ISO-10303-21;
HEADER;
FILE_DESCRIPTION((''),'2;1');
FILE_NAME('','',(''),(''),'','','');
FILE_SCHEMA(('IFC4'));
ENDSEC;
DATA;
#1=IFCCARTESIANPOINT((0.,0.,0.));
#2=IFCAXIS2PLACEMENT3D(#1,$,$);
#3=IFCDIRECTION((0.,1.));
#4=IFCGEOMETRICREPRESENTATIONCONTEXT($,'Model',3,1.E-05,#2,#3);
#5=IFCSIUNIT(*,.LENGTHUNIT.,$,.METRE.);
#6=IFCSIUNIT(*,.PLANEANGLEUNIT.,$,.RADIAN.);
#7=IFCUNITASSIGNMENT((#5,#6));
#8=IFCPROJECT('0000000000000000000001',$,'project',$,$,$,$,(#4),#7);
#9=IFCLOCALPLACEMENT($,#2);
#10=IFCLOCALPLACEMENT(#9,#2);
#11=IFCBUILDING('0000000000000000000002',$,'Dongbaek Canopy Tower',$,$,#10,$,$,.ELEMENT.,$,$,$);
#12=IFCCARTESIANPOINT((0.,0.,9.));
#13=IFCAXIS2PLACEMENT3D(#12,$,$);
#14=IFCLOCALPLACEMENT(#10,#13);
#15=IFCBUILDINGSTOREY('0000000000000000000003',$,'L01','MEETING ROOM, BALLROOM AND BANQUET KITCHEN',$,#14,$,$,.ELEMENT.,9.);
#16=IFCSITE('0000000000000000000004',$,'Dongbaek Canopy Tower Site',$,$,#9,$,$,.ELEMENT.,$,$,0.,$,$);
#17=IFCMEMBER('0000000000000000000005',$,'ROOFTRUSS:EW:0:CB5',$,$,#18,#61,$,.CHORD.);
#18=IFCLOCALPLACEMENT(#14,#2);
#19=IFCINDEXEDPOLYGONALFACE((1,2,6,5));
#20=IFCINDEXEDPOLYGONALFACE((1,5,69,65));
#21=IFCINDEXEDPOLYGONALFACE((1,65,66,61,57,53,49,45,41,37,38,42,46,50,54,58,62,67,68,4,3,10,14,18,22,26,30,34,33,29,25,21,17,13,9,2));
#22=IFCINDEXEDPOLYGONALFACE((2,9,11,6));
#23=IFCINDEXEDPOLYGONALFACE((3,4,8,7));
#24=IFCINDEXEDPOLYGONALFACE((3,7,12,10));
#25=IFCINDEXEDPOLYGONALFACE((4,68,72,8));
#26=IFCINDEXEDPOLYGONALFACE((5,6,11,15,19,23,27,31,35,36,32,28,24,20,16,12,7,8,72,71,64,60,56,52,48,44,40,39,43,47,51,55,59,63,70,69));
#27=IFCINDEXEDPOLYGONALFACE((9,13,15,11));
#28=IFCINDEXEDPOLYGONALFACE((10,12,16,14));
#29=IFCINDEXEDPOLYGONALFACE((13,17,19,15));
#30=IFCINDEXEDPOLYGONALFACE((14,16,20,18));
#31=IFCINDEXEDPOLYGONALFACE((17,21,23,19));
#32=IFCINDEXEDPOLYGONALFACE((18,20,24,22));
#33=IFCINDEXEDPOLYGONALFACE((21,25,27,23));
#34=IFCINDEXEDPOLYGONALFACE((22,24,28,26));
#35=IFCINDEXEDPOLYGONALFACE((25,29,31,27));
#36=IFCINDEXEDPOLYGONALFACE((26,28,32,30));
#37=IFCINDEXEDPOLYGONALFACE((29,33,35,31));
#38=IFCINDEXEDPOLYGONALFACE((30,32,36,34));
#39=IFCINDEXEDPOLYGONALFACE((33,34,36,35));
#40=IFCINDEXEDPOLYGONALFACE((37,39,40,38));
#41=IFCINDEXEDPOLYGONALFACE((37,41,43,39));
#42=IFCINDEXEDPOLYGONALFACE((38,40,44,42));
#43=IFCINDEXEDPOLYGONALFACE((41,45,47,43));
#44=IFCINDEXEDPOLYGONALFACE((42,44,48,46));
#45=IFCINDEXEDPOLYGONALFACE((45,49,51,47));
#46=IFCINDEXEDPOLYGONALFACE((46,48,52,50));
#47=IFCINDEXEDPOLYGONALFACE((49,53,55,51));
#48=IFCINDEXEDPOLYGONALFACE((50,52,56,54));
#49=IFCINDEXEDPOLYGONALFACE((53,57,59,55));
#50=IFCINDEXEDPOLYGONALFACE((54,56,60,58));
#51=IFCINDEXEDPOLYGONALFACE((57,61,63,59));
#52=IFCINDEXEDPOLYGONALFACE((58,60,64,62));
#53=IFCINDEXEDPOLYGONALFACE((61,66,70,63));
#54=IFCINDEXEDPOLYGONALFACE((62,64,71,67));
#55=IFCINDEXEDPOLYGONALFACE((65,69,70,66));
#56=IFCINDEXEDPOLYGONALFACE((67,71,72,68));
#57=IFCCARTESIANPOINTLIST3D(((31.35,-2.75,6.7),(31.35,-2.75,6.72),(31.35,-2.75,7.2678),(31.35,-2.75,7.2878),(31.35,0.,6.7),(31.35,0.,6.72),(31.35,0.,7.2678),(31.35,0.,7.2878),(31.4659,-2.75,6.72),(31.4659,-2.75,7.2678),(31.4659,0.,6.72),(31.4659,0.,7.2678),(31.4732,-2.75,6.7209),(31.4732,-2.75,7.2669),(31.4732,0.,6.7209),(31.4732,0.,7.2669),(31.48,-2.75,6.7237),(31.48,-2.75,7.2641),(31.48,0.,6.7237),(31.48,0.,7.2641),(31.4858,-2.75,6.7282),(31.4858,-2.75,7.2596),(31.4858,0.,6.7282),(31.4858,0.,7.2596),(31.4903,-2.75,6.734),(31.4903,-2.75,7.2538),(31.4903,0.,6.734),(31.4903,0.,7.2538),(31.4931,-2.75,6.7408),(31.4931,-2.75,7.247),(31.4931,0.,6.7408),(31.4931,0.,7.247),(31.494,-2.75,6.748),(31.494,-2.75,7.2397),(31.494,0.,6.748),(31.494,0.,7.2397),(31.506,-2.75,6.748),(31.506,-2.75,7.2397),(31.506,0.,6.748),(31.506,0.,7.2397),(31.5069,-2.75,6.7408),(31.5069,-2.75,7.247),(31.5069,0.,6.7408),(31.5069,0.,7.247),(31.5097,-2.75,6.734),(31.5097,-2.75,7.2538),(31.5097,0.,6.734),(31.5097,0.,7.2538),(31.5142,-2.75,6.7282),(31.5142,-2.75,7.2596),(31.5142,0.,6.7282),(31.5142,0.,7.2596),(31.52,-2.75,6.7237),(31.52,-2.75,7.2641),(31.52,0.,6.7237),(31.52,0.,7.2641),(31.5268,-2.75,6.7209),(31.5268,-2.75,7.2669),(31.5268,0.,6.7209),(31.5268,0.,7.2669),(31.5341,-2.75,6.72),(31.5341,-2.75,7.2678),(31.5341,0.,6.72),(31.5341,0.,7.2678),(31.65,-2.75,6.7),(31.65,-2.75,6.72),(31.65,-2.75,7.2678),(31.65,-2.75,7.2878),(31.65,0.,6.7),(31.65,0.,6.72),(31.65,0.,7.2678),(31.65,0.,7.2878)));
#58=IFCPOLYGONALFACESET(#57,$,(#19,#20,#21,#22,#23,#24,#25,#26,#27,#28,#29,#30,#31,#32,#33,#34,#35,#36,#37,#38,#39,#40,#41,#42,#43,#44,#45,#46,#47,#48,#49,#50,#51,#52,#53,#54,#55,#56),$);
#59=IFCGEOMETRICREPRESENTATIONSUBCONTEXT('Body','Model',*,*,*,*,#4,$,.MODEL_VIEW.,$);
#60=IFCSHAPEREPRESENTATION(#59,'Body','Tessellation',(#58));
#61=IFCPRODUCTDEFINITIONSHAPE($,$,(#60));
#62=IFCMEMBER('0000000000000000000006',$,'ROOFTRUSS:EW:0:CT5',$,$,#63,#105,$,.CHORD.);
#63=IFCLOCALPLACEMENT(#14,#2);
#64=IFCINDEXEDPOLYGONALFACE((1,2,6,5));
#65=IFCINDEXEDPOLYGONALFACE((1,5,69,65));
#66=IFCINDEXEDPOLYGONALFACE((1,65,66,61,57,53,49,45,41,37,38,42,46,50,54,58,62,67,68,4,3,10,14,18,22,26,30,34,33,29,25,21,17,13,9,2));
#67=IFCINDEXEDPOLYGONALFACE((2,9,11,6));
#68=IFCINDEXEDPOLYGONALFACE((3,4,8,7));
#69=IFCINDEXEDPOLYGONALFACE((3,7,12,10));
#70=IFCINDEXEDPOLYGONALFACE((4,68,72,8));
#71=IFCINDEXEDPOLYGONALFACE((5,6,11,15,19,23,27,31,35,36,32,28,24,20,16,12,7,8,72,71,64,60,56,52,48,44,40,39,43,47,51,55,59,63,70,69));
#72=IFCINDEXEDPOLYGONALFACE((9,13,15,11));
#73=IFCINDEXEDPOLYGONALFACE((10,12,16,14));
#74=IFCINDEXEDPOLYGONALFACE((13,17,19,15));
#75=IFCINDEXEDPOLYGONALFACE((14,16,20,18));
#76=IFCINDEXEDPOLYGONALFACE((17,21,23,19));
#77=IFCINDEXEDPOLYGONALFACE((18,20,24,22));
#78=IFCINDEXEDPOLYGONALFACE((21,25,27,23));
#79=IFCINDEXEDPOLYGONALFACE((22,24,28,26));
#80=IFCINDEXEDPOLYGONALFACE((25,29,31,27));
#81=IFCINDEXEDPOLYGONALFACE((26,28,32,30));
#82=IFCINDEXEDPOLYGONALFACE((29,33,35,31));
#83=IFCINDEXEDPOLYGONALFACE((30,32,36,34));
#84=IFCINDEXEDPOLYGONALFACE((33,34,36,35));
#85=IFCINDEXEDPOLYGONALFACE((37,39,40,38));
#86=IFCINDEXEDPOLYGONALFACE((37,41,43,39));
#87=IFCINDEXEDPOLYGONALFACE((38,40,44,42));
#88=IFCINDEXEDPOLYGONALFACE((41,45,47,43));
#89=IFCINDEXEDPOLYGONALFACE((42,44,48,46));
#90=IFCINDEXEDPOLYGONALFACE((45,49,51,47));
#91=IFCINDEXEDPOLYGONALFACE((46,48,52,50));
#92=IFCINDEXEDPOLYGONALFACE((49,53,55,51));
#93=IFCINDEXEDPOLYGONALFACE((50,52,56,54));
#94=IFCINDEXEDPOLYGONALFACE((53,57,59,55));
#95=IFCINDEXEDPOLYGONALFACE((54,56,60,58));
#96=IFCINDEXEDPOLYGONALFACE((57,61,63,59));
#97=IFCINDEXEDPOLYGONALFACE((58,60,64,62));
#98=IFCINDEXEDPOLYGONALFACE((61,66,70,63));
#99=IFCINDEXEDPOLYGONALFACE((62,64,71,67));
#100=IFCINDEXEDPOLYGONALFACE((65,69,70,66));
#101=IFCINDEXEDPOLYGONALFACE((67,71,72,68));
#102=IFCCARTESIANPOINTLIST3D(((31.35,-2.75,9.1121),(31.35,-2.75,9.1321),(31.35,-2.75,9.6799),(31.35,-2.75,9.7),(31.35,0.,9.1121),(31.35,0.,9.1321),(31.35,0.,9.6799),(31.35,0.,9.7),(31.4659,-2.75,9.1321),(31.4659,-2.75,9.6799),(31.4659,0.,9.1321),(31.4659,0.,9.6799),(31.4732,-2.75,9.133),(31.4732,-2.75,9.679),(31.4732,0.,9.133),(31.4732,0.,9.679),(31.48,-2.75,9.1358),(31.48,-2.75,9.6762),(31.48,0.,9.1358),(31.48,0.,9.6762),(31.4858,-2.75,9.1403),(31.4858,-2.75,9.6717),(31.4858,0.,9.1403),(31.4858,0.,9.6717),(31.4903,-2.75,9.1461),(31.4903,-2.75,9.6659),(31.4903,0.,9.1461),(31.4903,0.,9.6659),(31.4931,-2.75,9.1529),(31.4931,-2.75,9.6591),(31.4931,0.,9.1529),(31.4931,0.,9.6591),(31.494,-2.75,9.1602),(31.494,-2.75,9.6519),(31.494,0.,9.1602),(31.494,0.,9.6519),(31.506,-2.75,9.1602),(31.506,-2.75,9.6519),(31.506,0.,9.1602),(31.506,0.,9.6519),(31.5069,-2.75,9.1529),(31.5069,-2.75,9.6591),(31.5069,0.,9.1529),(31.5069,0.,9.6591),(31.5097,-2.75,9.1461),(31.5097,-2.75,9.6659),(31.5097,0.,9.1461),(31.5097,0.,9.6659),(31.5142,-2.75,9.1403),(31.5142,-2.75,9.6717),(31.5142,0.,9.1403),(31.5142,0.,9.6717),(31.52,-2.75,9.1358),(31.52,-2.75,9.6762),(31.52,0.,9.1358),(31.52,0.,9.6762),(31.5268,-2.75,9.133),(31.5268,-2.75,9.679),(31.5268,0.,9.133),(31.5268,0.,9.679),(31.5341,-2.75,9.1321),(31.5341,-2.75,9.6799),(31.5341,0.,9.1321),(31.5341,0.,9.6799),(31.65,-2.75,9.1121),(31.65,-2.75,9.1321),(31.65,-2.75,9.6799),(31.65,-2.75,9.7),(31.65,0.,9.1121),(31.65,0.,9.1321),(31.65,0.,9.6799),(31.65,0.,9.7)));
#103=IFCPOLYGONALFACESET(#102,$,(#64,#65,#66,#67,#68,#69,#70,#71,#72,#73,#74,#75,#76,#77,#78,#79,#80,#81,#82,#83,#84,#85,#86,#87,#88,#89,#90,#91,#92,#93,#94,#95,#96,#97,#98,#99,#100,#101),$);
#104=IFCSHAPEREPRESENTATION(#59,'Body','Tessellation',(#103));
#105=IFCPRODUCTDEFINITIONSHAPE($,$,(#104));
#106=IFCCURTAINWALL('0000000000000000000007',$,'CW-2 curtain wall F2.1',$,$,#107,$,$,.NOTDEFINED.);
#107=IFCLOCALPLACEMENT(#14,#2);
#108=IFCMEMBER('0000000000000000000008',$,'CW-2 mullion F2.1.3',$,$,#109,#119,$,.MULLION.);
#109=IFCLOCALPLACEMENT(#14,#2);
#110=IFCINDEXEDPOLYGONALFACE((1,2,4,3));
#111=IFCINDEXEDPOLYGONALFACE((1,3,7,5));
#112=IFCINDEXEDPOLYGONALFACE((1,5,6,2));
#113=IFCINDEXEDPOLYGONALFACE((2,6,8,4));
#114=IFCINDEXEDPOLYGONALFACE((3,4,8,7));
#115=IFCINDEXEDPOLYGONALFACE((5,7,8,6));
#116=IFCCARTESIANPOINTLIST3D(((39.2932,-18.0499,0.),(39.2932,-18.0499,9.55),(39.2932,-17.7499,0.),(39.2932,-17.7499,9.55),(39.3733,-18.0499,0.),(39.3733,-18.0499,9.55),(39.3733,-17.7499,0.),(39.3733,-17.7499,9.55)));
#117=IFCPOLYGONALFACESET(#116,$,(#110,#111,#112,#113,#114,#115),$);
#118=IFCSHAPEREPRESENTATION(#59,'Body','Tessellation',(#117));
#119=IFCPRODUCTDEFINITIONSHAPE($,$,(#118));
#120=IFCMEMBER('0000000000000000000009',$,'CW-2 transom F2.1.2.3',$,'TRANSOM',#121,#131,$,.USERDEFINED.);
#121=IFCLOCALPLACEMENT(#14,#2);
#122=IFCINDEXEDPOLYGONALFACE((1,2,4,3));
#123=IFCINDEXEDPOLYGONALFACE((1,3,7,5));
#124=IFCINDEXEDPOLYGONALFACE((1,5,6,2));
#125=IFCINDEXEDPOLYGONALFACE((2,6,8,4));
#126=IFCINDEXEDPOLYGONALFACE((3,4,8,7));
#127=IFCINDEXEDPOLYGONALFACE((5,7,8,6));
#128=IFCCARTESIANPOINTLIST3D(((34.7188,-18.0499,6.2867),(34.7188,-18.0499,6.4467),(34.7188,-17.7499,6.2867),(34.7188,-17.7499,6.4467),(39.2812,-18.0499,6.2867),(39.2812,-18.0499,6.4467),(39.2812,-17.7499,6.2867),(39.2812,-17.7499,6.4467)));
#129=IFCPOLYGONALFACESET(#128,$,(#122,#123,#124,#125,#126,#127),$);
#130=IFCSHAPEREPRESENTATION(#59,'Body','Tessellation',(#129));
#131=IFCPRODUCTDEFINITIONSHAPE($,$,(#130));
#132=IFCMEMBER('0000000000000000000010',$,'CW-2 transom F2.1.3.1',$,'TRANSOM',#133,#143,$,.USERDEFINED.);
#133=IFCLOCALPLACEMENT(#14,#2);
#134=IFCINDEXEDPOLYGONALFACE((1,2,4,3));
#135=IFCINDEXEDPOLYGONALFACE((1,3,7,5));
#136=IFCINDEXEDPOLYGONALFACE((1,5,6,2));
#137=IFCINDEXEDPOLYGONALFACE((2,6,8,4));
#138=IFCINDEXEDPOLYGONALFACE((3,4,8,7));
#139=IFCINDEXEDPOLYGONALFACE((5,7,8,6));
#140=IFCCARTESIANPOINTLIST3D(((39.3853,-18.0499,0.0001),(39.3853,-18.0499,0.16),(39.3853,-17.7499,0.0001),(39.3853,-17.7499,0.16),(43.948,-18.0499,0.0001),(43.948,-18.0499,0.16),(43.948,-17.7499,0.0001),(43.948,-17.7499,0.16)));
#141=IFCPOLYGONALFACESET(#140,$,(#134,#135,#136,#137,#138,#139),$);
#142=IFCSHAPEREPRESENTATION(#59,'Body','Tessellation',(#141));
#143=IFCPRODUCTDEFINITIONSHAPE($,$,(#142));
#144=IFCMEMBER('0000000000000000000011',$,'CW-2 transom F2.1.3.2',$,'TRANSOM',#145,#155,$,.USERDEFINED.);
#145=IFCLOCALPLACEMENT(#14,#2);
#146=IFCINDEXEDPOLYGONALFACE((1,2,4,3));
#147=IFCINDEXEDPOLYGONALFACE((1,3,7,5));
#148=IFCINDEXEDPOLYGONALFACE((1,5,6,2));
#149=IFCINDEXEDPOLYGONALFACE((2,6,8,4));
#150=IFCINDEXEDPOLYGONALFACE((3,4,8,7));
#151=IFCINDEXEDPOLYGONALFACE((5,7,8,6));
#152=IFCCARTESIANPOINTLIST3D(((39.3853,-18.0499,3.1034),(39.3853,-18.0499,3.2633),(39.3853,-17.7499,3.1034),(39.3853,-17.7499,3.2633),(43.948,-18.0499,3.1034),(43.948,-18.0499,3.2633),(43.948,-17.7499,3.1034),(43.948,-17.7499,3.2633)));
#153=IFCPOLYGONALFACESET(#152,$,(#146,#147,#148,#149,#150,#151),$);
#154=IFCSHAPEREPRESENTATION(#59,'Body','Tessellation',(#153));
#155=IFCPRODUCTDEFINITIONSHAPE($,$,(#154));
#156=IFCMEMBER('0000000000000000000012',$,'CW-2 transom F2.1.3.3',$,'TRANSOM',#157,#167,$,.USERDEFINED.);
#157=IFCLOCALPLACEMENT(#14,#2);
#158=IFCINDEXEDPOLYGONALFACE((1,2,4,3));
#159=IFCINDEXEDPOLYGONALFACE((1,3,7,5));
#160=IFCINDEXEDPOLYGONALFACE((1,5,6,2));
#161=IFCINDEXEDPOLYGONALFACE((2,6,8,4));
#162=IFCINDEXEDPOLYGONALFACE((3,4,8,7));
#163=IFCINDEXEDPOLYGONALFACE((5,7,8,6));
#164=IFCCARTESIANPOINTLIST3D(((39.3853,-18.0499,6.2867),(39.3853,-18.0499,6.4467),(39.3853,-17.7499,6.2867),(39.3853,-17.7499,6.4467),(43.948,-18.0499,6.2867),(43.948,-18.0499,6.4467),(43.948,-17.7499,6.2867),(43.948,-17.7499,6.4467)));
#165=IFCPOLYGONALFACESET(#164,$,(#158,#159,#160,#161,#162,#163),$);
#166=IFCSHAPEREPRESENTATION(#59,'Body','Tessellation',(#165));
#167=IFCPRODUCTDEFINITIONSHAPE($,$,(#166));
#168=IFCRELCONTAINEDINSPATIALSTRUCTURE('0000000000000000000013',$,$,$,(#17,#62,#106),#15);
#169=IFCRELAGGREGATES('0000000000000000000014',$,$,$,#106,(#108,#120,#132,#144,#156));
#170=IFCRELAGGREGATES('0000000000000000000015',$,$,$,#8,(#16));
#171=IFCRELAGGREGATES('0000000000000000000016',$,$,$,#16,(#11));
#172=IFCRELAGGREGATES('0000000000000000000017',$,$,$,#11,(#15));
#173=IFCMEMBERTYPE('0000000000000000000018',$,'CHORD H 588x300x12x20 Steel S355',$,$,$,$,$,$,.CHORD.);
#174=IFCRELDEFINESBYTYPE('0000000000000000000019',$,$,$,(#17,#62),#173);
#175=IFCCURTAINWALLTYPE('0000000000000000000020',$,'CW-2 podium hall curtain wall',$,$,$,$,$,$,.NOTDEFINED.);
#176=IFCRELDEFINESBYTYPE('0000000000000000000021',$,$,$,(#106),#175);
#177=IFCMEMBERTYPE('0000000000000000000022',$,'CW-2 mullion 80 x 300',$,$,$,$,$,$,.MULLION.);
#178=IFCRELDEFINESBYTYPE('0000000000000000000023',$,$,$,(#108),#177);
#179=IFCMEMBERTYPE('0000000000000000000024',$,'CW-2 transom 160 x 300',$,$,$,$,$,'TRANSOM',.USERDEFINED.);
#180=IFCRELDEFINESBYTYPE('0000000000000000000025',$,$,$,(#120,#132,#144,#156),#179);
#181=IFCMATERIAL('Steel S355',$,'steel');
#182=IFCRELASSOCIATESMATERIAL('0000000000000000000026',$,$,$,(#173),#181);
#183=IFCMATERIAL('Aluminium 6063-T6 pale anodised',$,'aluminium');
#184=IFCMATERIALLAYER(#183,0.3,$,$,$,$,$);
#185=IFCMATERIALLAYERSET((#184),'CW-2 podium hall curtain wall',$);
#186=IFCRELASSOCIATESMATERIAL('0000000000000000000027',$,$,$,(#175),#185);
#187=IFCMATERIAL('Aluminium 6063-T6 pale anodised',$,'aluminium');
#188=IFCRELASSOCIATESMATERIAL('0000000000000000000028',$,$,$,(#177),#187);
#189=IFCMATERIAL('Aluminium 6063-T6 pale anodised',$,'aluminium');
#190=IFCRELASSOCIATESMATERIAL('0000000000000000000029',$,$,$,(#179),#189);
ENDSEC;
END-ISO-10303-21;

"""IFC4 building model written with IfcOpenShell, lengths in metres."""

from ifc_helpers import new_model, si_unit, direction, frame, origin, origin_2d, place, context, subcontext, project, spatial, rectangle, i_section, extrude, material, layer, layer_set, material_profile, profile_set, type_object, element, aggregate, save


model = new_model("IFC4")

# Units and contexts
model_context = context("Model", 3, precision=1e-05, world=origin(), true_north=direction((0.0, 1.0)))
body_context = subcontext(model_context, "Body", "Model", "MODEL_VIEW")
ifc_project = project(units=[si_unit("LENGTHUNIT", "METRE"), si_unit("PLANEANGLEUNIT", "RADIAN")], contexts=[model_context])

# Site, building, storey
site_placement = place(None, origin())
site = spatial("IfcSite", under=ifc_project, at=site_placement, Name="Dongbaek Canopy Tower Site", CompositionType="ELEMENT", RefElevation=0.0)
building_placement = place(site_placement, origin())
building = spatial("IfcBuilding", under=site, at=building_placement, Name="Dongbaek Canopy Tower", CompositionType="ELEMENT")
storey_placement = place(building_placement, frame((0.0, 0.0, 9.0)))
storey = spatial("IfcBuildingStorey", under=building, at=storey_placement, Name="L01", Description="MEETING ROOM, BALLROOM AND BANQUET KITCHEN", CompositionType="ELEMENT", Elevation=9.0)

# Members
ifc_material_1 = material(Name="Steel S355", Category="steel")
ifc_material_profile_1 = material_profile(ifc_material_1, i_section(OverallWidth=0.3, OverallDepth=0.5879, WebThickness=0.012, FlangeThickness=0.02, FilletRadius=0.0281, at=origin_2d()), Name="CHORD H 588x300x12x20 Steel S355")
ifc_profile_set_1 = profile_set([ifc_material_profile_1], Name="Steel S355")
member_type_1 = type_object("IfcMemberType", Name="CHORD H 588x300x12x20 Steel S355", PredefinedType="CHORD", material=ifc_profile_set_1)
for number, where, z_axis, x_axis, name in (
    (1, (31.5, -2.75, 6.9939), (0.0, 1.0, 0.0), (-1.0, 0.0, 0.0), "ROOFTRUSS:EW:0:CB5"),
    (2, (31.5, -2.75, 9.406), (0.0, 1.0, 0.0), (-1.0, 0.0, 0.0), "ROOFTRUSS:EW:0:CT5"),
):
    element("IfcMember", number, at=place(storey_placement, frame(where, z_axis=z_axis, x_axis=x_axis)), inside=storey, type_object=member_type_1, Name=name, PredefinedType="CHORD", context=body_context, shape_type="SweptSolid", body=[
        extrude(i_section(OverallWidth=0.3, OverallDepth=0.5879, WebThickness=0.012, FlangeThickness=0.02, FilletRadius=0.0281, at=origin_2d()), origin(), (0.0, 0.0, 1.0), 2.75),
    ])

# Curtain wall, members
ifc_material_2 = material(Name="Aluminium 6063-T6 pale anodised", Category="aluminium")
ifc_layer_1 = layer(ifc_material_2, 0.3)
ifc_layer_set_1 = layer_set([ifc_layer_1], Name="CW-2 podium hall curtain wall")
curtain_wall_type = type_object("IfcCurtainWallType", Name="CW-2 podium hall curtain wall", PredefinedType="NOTDEFINED", material=ifc_layer_set_1)
curtain_wall_placement = place(storey_placement, origin())
curtain_wall = element("IfcCurtainWall", 3, at=curtain_wall_placement, inside=storey, type_object=curtain_wall_type, Name="CW-2 curtain wall F2.1", PredefinedType="NOTDEFINED")
ifc_material_3 = material(Name="Aluminium 6063-T6 pale anodised", Category="aluminium")
ifc_material_profile_2 = material_profile(ifc_material_3, rectangle(XDim=0.3, YDim=0.0801, at=origin_2d()), Name="CW-2 mullion 80 x 300")
ifc_profile_set_2 = profile_set([ifc_material_profile_2], Name="Aluminium 6063-T6 pale anodised")
member_type_2 = type_object("IfcMemberType", Name="CW-2 mullion 80 x 300", PredefinedType="MULLION", material=ifc_profile_set_2)
member_1_placement = place(storey_placement, frame((39.3333, -17.8999, 0.0), z_axis=(0.0, 0.0, 1.0), x_axis=(0.0, -1.0, 0.0)))
member_1 = element("IfcMember", 4, at=member_1_placement, type_object=member_type_2, Name="CW-2 mullion F2.1.3", PredefinedType="MULLION", context=body_context, shape_type="SweptSolid", body=[
    extrude(rectangle(XDim=0.3, YDim=0.0801, at=origin_2d()), origin(), (0.0, 0.0, 1.0), 9.55),
])
ifc_material_4 = material(Name="Aluminium 6063-T6 pale anodised", Category="aluminium")
ifc_material_profile_3 = material_profile(ifc_material_4, rectangle(XDim=0.3, YDim=0.1599, at=origin_2d()), Name="CW-2 transom 160 x 300")
ifc_profile_set_3 = profile_set([ifc_material_profile_3], Name="Aluminium 6063-T6 pale anodised")
member_type_3 = type_object("IfcMemberType", Name="CW-2 transom 160 x 300", ElementType="TRANSOM", PredefinedType="USERDEFINED", material=ifc_profile_set_3)
member_2_placement = place(storey_placement, frame((34.7188, -17.8999, 6.3667), z_axis=(1.0, 0.0, 0.0), x_axis=(0.0, 1.0, 0.0)))
member_2 = element("IfcMember", 5, at=member_2_placement, type_object=member_type_3, Name="CW-2 transom F2.1.2.3", ObjectType="TRANSOM", PredefinedType="USERDEFINED", context=body_context, shape_type="SweptSolid", body=[
    extrude(rectangle(XDim=0.3, YDim=0.1599, at=origin_2d()), origin(), (0.0, 0.0, 1.0), 4.5625),
])
member_3_placement = place(storey_placement, frame((39.3853, -17.8999, 0.0801), z_axis=(1.0, 0.0, 0.0), x_axis=(0.0, 1.0, 0.0)))
member_3 = element("IfcMember", 6, at=member_3_placement, type_object=member_type_3, Name="CW-2 transom F2.1.3.1", ObjectType="TRANSOM", PredefinedType="USERDEFINED", context=body_context, shape_type="SweptSolid", body=[
    extrude(rectangle(XDim=0.3, YDim=0.1599, at=origin_2d()), origin(), (0.0, 0.0, 1.0), 4.5627),
])
member_4_placement = place(storey_placement, frame((39.3853, -17.8999, 3.1833), z_axis=(1.0, 0.0, 0.0), x_axis=(0.0, 1.0, 0.0)))
member_4 = element("IfcMember", 7, at=member_4_placement, type_object=member_type_3, Name="CW-2 transom F2.1.3.2", ObjectType="TRANSOM", PredefinedType="USERDEFINED", context=body_context, shape_type="SweptSolid", body=[
    extrude(rectangle(XDim=0.3, YDim=0.1599, at=origin_2d()), origin(), (0.0, 0.0, 1.0), 4.5627),
])
member_5_placement = place(storey_placement, frame((39.3853, -17.8999, 6.3667), z_axis=(1.0, 0.0, 0.0), x_axis=(0.0, 1.0, 0.0)))
member_5 = element("IfcMember", 8, at=member_5_placement, type_object=member_type_3, Name="CW-2 transom F2.1.3.3", ObjectType="TRANSOM", PredefinedType="USERDEFINED", context=body_context, shape_type="SweptSolid", body=[
    extrude(rectangle(XDim=0.3, YDim=0.1599, at=origin_2d()), origin(), (0.0, 0.0, 1.0), 4.5627),
])

aggregate(curtain_wall, [member_1, member_2, member_3, member_4, member_5])

save(model, "model.ifc")
